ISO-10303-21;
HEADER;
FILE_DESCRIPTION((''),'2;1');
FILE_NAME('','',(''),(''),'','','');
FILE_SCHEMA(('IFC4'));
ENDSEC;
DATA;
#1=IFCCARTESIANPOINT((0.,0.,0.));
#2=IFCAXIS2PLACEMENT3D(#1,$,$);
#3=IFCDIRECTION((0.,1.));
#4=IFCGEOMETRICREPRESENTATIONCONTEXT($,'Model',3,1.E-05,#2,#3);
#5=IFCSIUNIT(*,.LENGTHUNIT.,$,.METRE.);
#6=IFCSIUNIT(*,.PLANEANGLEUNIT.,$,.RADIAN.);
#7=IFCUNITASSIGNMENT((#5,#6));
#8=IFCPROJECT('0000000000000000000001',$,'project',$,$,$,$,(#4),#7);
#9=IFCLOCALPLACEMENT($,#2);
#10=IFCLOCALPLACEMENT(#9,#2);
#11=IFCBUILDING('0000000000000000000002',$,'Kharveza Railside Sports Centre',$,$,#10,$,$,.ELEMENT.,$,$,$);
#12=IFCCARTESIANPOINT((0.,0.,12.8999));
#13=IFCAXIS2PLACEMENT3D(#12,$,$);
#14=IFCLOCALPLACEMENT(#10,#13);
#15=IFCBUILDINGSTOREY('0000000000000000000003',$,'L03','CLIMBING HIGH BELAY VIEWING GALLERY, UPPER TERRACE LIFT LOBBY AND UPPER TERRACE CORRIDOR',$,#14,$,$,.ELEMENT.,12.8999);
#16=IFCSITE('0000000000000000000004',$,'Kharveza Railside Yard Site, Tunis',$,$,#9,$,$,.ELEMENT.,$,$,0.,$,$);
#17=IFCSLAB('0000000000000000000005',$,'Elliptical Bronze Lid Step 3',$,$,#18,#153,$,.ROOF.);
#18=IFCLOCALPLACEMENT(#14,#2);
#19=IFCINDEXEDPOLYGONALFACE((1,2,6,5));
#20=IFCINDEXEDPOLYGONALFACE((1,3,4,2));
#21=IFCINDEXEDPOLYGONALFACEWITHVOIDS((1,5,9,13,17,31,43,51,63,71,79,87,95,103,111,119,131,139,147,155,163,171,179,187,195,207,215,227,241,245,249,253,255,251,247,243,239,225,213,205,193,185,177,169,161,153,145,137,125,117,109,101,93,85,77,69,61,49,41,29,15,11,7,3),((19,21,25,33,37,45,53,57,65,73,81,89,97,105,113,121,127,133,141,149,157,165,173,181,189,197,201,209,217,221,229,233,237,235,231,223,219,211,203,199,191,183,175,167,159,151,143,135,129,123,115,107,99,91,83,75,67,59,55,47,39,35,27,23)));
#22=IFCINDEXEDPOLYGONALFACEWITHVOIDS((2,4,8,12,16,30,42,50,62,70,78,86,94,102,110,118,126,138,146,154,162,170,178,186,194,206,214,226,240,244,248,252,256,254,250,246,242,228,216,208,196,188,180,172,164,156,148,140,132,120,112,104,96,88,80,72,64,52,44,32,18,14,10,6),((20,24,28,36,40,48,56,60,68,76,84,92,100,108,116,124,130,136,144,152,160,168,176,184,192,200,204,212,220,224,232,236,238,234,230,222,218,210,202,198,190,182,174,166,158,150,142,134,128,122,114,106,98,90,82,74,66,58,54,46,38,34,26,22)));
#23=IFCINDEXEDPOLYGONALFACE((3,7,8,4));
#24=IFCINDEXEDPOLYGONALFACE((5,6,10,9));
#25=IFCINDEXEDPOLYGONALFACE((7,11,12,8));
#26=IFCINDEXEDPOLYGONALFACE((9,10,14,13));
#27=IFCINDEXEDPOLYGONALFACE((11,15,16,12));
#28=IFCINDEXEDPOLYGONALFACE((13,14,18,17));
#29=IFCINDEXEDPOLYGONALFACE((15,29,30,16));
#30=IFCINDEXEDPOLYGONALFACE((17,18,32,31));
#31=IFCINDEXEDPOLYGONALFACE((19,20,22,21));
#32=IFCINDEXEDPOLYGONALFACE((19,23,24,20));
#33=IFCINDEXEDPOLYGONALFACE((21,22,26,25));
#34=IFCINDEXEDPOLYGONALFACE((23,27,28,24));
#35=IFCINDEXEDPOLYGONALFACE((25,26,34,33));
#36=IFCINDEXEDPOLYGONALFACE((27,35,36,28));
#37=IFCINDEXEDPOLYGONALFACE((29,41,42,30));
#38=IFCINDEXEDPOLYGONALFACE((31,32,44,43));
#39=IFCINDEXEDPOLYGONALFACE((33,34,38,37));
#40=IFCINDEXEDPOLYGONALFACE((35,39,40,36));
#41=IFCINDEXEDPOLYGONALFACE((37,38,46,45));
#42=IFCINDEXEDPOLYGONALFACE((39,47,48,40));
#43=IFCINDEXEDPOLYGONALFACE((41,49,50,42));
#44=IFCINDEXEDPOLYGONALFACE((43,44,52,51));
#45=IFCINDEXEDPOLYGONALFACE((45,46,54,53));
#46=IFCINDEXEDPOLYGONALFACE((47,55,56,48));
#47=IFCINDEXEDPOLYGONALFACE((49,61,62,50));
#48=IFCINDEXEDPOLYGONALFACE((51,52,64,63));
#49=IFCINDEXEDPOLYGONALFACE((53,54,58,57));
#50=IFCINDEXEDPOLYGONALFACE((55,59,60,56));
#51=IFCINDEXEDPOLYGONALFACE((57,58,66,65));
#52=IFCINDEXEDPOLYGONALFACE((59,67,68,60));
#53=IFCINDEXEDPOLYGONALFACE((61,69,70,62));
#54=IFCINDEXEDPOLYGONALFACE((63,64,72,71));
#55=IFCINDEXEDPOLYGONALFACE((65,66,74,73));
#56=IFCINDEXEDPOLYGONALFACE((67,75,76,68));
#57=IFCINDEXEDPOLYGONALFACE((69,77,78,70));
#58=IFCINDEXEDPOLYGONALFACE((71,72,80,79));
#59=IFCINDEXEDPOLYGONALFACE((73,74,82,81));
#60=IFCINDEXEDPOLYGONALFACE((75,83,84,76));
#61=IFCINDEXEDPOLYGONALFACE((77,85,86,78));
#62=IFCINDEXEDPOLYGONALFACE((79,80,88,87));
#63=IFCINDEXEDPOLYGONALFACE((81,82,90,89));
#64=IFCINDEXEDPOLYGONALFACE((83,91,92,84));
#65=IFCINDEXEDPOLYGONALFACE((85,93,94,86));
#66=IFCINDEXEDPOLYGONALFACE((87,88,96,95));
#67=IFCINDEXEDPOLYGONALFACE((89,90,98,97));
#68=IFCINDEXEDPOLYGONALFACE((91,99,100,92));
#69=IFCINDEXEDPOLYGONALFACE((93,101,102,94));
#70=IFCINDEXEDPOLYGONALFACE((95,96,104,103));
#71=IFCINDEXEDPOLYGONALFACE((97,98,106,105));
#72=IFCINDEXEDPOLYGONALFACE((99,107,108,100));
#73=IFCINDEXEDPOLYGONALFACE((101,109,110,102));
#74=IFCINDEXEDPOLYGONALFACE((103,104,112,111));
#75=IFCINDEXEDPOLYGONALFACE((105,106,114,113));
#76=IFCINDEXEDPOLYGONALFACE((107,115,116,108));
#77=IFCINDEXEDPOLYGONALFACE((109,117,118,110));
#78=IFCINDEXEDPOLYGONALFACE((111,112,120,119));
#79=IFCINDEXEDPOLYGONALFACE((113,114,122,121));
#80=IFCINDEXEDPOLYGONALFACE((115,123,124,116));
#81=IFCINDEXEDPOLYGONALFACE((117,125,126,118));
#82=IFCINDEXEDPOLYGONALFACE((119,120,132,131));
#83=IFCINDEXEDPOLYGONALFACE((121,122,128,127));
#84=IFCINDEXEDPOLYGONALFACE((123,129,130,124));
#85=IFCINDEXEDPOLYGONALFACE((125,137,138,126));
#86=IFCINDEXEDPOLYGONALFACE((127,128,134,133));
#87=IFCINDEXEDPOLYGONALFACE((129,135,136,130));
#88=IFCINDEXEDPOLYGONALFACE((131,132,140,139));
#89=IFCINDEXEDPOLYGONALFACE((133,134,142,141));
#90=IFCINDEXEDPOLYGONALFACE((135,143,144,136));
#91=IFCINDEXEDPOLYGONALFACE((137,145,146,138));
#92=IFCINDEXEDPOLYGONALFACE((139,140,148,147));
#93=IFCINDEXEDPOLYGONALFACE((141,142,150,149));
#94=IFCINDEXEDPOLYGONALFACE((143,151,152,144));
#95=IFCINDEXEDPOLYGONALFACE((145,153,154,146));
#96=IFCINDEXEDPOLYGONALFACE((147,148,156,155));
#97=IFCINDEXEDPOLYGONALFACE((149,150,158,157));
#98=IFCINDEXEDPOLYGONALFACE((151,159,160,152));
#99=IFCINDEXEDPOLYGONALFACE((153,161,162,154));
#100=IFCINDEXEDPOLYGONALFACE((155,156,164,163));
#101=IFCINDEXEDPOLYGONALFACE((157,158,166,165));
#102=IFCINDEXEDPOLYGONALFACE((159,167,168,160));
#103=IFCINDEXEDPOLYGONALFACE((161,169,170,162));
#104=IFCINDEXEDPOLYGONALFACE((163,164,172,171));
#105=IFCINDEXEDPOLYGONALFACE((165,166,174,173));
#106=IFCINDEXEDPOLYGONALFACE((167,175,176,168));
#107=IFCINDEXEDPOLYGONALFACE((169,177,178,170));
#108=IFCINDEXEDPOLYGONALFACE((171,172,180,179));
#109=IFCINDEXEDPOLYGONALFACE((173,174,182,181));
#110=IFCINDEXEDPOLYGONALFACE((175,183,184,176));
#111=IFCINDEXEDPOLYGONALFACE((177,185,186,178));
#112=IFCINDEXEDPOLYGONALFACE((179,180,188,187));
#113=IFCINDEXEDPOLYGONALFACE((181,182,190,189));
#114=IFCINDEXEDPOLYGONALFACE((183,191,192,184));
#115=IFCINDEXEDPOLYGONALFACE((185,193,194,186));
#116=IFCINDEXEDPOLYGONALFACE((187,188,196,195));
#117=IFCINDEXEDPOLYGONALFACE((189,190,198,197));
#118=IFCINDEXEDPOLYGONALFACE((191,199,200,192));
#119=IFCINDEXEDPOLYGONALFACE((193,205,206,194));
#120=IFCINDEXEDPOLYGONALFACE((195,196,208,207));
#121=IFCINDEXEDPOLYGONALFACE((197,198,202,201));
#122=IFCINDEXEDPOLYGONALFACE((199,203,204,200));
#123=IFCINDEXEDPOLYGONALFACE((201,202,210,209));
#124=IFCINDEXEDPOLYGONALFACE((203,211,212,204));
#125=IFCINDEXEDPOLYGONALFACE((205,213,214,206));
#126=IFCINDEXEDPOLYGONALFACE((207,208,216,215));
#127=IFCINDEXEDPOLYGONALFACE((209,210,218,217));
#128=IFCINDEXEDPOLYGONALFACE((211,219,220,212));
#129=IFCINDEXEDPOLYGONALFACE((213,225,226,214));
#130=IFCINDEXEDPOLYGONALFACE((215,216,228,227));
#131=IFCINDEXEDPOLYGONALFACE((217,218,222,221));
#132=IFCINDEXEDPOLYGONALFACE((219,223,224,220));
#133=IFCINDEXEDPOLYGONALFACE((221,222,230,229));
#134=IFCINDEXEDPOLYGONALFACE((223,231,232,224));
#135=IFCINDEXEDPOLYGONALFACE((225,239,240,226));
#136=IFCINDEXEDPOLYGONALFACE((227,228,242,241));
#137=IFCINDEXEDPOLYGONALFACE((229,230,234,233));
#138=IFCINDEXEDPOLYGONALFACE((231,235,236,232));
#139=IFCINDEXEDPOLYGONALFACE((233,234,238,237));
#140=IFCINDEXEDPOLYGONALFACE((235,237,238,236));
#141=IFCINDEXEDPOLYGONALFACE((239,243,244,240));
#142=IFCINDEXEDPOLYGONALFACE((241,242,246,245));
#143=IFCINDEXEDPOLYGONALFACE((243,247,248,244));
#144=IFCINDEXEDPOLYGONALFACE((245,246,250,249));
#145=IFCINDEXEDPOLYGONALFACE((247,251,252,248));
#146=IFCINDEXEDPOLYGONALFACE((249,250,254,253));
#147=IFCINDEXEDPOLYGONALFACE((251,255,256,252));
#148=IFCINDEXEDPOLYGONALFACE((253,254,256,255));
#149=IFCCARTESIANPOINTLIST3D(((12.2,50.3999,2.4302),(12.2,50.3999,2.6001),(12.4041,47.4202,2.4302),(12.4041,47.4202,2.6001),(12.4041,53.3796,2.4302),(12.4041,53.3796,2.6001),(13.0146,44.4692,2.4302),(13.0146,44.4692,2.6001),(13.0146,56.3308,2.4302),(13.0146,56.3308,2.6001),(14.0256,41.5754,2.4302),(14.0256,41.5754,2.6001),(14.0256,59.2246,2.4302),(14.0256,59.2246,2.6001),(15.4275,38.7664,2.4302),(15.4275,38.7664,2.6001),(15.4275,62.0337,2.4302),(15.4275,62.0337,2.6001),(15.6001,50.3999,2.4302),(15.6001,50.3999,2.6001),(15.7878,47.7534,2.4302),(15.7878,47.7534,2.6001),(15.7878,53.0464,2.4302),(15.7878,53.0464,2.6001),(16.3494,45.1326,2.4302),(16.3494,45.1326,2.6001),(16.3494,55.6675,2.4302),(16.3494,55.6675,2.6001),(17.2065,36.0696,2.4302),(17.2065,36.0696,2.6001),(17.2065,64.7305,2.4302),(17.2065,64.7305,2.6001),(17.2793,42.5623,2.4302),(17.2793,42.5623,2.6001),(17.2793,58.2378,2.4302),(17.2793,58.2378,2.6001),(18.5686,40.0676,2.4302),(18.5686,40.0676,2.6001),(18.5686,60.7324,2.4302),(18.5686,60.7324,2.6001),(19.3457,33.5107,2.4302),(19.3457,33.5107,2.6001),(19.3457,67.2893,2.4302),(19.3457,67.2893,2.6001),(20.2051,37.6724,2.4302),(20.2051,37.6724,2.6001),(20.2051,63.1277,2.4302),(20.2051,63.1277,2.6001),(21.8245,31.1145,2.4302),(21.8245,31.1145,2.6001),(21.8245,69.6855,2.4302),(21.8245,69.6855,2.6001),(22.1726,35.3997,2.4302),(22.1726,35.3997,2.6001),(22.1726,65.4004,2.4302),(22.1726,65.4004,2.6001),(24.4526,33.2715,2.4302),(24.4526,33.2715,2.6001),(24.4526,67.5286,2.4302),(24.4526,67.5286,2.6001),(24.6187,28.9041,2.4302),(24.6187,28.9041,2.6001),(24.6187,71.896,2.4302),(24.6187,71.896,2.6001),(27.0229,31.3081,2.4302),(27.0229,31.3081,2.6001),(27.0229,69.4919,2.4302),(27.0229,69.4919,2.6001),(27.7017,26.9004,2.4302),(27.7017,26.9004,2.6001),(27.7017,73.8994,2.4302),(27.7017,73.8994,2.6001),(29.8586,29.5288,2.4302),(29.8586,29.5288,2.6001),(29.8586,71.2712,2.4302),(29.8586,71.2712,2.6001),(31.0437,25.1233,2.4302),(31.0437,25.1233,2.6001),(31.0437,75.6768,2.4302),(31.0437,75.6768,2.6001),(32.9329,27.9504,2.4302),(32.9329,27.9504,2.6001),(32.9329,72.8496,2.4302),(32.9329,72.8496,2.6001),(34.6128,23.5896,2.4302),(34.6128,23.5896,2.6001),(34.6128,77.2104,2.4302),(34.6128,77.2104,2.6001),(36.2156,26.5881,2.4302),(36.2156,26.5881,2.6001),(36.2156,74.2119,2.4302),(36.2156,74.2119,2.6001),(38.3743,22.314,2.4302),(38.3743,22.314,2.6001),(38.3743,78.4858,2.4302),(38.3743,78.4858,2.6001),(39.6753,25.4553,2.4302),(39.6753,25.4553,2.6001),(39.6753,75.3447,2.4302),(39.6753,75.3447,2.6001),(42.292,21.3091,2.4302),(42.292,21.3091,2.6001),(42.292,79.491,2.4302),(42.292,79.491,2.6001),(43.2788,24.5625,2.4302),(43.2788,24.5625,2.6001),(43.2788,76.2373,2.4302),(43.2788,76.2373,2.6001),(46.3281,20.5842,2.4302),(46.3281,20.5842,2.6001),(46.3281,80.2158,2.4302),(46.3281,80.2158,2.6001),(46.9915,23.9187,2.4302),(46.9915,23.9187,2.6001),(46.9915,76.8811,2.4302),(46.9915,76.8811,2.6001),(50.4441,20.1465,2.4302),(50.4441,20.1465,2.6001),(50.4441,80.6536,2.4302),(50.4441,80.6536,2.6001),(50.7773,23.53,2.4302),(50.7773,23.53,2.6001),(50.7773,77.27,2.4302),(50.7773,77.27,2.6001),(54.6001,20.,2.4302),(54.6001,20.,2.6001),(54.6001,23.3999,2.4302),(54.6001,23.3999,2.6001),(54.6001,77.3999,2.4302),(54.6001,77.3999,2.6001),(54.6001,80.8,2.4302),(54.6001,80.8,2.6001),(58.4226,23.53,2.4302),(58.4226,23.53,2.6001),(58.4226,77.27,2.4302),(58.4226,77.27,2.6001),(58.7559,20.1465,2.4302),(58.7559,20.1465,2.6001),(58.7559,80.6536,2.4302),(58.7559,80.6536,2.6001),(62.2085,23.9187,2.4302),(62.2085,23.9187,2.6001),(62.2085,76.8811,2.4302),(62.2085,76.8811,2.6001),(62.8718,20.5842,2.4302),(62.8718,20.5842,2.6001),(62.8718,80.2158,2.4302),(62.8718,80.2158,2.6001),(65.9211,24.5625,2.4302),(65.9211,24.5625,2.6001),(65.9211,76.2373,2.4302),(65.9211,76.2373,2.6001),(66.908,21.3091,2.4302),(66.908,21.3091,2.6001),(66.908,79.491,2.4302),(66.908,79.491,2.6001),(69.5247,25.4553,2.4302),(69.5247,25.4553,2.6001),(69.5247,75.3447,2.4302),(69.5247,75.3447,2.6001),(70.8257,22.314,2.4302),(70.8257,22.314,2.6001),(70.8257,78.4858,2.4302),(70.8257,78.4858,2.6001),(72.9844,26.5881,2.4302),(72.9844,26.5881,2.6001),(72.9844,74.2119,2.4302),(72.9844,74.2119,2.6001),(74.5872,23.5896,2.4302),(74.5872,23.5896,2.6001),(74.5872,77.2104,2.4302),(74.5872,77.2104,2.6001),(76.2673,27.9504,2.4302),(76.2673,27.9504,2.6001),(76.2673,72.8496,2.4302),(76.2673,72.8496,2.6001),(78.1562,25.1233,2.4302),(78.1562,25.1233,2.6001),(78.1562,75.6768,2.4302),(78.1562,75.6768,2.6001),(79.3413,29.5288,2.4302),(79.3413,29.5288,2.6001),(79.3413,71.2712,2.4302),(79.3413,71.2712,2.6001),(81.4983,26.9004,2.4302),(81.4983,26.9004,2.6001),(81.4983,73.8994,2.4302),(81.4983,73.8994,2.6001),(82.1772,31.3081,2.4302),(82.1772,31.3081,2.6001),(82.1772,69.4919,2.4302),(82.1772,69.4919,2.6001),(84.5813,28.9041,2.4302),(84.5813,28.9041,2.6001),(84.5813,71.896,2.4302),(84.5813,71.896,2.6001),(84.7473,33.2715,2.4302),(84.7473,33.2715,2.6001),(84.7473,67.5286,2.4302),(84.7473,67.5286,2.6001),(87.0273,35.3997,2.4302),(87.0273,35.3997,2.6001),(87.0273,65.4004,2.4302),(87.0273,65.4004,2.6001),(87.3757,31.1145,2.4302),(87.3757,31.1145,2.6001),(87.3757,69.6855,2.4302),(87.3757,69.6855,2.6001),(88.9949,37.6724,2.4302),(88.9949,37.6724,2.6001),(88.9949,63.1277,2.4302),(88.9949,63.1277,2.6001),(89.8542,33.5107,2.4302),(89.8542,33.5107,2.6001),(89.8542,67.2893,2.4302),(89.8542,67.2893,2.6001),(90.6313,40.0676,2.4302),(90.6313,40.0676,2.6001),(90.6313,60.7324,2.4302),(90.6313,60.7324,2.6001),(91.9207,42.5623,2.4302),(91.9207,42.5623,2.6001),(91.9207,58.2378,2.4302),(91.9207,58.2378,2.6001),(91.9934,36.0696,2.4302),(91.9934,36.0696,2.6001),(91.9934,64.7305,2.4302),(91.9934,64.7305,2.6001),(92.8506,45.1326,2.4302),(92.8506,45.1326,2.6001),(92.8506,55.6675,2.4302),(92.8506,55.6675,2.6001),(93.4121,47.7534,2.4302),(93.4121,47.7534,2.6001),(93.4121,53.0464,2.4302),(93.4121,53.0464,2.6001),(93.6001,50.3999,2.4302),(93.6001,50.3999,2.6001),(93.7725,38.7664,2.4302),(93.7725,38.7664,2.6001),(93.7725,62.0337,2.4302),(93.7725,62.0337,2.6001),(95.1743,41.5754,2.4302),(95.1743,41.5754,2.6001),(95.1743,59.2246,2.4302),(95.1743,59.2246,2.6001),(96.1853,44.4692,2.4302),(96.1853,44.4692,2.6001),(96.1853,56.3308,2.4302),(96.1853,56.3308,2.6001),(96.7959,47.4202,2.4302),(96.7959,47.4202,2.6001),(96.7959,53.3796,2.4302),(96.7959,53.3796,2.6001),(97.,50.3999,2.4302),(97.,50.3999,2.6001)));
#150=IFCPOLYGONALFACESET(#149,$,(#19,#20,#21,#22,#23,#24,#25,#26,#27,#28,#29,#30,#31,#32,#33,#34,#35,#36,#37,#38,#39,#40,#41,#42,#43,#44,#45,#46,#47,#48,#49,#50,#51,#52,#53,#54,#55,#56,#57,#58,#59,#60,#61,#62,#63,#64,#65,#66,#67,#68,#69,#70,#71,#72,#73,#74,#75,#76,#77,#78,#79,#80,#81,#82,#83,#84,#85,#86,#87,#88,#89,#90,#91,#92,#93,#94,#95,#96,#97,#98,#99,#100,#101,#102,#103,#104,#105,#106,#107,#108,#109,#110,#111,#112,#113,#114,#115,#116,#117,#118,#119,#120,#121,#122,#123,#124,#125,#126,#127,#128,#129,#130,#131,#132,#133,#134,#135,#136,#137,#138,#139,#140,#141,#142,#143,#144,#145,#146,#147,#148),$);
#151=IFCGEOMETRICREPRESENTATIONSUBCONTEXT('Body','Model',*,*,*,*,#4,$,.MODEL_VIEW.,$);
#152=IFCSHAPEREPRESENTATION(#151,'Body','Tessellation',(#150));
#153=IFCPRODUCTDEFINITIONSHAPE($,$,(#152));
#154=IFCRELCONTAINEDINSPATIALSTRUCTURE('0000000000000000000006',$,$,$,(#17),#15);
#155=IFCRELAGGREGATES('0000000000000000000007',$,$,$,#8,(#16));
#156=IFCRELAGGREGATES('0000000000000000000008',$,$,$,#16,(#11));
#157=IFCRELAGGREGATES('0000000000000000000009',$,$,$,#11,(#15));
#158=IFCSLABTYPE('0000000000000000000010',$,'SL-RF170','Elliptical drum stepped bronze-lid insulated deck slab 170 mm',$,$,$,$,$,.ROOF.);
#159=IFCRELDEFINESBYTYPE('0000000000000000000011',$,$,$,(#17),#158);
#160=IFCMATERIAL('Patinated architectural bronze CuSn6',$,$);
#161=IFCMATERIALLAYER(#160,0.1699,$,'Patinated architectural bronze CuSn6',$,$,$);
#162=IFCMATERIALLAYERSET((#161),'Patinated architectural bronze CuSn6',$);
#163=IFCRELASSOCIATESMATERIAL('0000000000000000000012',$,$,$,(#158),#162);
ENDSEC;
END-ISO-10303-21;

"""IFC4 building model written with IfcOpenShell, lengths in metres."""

from ifc_helpers import new_model, si_unit, direction, frame, origin, place, context, subcontext, project, spatial, polyline, outline, extrude, material, layer, layer_set, type_object, element, save


model = new_model("IFC4")

# Units and contexts
model_context = context("Model", 3, precision=1e-05, world=origin(), true_north=direction((0.0, 1.0)))
body_context = subcontext(model_context, "Body", "Model", "MODEL_VIEW")
ifc_project = project(units=[si_unit("LENGTHUNIT", "METRE"), si_unit("PLANEANGLEUNIT", "RADIAN")], contexts=[model_context])

# Site, building, storey
site_placement = place(None, origin())
site = spatial("IfcSite", under=ifc_project, at=site_placement, Name="Kharveza Railside Yard Site, Tunis", CompositionType="ELEMENT", RefElevation=0.0)
building_placement = place(site_placement, origin())
building = spatial("IfcBuilding", under=site, at=building_placement, Name="Kharveza Railside Sports Centre", CompositionType="ELEMENT")
storey_placement = place(building_placement, frame((0.0, 0.0, 12.8999)))
storey = spatial("IfcBuildingStorey", under=building, at=storey_placement, Name="L03", Description="CLIMBING HIGH BELAY VIEWING GALLERY, UPPER TERRACE LIFT LOBBY AND UPPER TERRACE CORRIDOR", CompositionType="ELEMENT", Elevation=12.8999)

# Shared definitions
ifc_material_1 = material(Name="Patinated architectural bronze CuSn6")

# Slab
ifc_layer_1 = layer(ifc_material_1, 0.1699, Name="Patinated architectural bronze CuSn6")
ifc_layer_set_1 = layer_set([ifc_layer_1], Name="Patinated architectural bronze CuSn6")
slab_type_1 = type_object("IfcSlabType", Name="SL-RF170", Description="Elliptical drum stepped bronze-lid insulated deck slab 170 mm", PredefinedType="ROOF", material=ifc_layer_set_1)
slab_1_placement = place(storey_placement, frame((0.0, 0.0, 2.4302)))
element("IfcSlab", 1, at=slab_1_placement, inside=storey, type_object=slab_type_1, Name="Elliptical Bronze Lid Step 3", PredefinedType="ROOF", context=body_context, shape_type="SweptSolid", body=[
    extrude(outline(polyline([(96.7959, 47.4202), (96.1853, 44.4692), (95.1743, 41.5754), (93.7725, 38.7664), (91.9934, 36.0696), (89.8542, 33.5107), (87.3757, 31.1145), (84.5813, 28.9041), (81.4983, 26.9004), (78.1562, 25.1233), (74.5872, 23.5896), (70.8257, 22.314), (66.908, 21.3091), (62.8718, 20.5842), (58.7559, 20.1465), (54.6001, 20.0), (50.4441, 20.1465), (46.3281, 20.5842), (42.292, 21.3091), (38.3743, 22.314), (34.6128, 23.5896), (31.0437, 25.1233), (27.7017, 26.9004), (24.6187, 28.9041), (21.8245, 31.1145), (19.3457, 33.5107), (17.2065, 36.0696), (15.4275, 38.7664), (14.0256, 41.5754), (13.0146, 44.4692), (12.4041, 47.4202), (12.2, 50.3999), (12.4041, 53.3796), (13.0146, 56.3308), (14.0256, 59.2246), (15.4275, 62.0337), (17.2065, 64.7305), (19.3457, 67.2893), (21.8245, 69.6855), (24.6187, 71.896), (27.7017, 73.8994), (31.0437, 75.6768), (34.6128, 77.2104), (38.3743, 78.4858), (42.292, 79.491), (46.3281, 80.2158), (50.4441, 80.6536), (54.6001, 80.8), (58.7559, 80.6536), (62.8718, 80.2158), (66.908, 79.491), (70.8257, 78.4858), (74.5872, 77.2104), (78.1562, 75.6768), (81.4983, 73.8994), (84.5813, 71.896), (87.3757, 69.6855), (89.8542, 67.2893), (91.9934, 64.7305), (93.7725, 62.0337), (95.1743, 59.2246), (96.1853, 56.3308), (96.7959, 53.3796), (97.0, 50.3999), (96.7959, 47.4202)]), holes=[polyline([(93.4121, 53.0464), (92.8506, 55.6675), (91.9207, 58.2378), (90.6313, 60.7324), (88.9949, 63.1277), (87.0273, 65.4004), (84.7473, 67.5286), (82.1772, 69.4919), (79.3413, 71.2712), (76.2673, 72.8496), (72.9844, 74.2119), (69.5247, 75.3447), (65.9211, 76.2373), (62.2085, 76.8811), (58.4226, 77.27), (54.6001, 77.3999), (50.7773, 77.27), (46.9915, 76.8811), (43.2788, 76.2373), (39.6753, 75.3447), (36.2156, 74.2119), (32.9329, 72.8496), (29.8586, 71.2712), (27.0229, 69.4919), (24.4526, 67.5286), (22.1726, 65.4004), (20.2051, 63.1277), (18.5686, 60.7324), (17.2793, 58.2378), (16.3494, 55.6675), (15.7878, 53.0464), (15.6001, 50.3999), (15.7878, 47.7534), (16.3494, 45.1326), (17.2793, 42.5623), (18.5686, 40.0676), (20.2051, 37.6724), (22.1726, 35.3997), (24.4526, 33.2715), (27.0229, 31.3081), (29.8586, 29.5288), (32.9329, 27.9504), (36.2156, 26.5881), (39.6753, 25.4553), (43.2788, 24.5625), (46.9915, 23.9187), (50.7773, 23.53), (54.6001, 23.3999), (58.4226, 23.53), (62.2085, 23.9187), (65.9211, 24.5625), (69.5247, 25.4553), (72.9844, 26.5881), (76.2673, 27.9504), (79.3413, 29.5288), (82.1772, 31.3081), (84.7473, 33.2715), (87.0273, 35.3997), (88.9949, 37.6724), (90.6313, 40.0676), (91.9207, 42.5623), (92.8506, 45.1326), (93.4121, 47.7534), (93.6001, 50.3999), (93.4121, 53.0464)])]), origin(), (0.0, 0.0, 1.0), 0.1699),
])

save(model, "model.ifc")
